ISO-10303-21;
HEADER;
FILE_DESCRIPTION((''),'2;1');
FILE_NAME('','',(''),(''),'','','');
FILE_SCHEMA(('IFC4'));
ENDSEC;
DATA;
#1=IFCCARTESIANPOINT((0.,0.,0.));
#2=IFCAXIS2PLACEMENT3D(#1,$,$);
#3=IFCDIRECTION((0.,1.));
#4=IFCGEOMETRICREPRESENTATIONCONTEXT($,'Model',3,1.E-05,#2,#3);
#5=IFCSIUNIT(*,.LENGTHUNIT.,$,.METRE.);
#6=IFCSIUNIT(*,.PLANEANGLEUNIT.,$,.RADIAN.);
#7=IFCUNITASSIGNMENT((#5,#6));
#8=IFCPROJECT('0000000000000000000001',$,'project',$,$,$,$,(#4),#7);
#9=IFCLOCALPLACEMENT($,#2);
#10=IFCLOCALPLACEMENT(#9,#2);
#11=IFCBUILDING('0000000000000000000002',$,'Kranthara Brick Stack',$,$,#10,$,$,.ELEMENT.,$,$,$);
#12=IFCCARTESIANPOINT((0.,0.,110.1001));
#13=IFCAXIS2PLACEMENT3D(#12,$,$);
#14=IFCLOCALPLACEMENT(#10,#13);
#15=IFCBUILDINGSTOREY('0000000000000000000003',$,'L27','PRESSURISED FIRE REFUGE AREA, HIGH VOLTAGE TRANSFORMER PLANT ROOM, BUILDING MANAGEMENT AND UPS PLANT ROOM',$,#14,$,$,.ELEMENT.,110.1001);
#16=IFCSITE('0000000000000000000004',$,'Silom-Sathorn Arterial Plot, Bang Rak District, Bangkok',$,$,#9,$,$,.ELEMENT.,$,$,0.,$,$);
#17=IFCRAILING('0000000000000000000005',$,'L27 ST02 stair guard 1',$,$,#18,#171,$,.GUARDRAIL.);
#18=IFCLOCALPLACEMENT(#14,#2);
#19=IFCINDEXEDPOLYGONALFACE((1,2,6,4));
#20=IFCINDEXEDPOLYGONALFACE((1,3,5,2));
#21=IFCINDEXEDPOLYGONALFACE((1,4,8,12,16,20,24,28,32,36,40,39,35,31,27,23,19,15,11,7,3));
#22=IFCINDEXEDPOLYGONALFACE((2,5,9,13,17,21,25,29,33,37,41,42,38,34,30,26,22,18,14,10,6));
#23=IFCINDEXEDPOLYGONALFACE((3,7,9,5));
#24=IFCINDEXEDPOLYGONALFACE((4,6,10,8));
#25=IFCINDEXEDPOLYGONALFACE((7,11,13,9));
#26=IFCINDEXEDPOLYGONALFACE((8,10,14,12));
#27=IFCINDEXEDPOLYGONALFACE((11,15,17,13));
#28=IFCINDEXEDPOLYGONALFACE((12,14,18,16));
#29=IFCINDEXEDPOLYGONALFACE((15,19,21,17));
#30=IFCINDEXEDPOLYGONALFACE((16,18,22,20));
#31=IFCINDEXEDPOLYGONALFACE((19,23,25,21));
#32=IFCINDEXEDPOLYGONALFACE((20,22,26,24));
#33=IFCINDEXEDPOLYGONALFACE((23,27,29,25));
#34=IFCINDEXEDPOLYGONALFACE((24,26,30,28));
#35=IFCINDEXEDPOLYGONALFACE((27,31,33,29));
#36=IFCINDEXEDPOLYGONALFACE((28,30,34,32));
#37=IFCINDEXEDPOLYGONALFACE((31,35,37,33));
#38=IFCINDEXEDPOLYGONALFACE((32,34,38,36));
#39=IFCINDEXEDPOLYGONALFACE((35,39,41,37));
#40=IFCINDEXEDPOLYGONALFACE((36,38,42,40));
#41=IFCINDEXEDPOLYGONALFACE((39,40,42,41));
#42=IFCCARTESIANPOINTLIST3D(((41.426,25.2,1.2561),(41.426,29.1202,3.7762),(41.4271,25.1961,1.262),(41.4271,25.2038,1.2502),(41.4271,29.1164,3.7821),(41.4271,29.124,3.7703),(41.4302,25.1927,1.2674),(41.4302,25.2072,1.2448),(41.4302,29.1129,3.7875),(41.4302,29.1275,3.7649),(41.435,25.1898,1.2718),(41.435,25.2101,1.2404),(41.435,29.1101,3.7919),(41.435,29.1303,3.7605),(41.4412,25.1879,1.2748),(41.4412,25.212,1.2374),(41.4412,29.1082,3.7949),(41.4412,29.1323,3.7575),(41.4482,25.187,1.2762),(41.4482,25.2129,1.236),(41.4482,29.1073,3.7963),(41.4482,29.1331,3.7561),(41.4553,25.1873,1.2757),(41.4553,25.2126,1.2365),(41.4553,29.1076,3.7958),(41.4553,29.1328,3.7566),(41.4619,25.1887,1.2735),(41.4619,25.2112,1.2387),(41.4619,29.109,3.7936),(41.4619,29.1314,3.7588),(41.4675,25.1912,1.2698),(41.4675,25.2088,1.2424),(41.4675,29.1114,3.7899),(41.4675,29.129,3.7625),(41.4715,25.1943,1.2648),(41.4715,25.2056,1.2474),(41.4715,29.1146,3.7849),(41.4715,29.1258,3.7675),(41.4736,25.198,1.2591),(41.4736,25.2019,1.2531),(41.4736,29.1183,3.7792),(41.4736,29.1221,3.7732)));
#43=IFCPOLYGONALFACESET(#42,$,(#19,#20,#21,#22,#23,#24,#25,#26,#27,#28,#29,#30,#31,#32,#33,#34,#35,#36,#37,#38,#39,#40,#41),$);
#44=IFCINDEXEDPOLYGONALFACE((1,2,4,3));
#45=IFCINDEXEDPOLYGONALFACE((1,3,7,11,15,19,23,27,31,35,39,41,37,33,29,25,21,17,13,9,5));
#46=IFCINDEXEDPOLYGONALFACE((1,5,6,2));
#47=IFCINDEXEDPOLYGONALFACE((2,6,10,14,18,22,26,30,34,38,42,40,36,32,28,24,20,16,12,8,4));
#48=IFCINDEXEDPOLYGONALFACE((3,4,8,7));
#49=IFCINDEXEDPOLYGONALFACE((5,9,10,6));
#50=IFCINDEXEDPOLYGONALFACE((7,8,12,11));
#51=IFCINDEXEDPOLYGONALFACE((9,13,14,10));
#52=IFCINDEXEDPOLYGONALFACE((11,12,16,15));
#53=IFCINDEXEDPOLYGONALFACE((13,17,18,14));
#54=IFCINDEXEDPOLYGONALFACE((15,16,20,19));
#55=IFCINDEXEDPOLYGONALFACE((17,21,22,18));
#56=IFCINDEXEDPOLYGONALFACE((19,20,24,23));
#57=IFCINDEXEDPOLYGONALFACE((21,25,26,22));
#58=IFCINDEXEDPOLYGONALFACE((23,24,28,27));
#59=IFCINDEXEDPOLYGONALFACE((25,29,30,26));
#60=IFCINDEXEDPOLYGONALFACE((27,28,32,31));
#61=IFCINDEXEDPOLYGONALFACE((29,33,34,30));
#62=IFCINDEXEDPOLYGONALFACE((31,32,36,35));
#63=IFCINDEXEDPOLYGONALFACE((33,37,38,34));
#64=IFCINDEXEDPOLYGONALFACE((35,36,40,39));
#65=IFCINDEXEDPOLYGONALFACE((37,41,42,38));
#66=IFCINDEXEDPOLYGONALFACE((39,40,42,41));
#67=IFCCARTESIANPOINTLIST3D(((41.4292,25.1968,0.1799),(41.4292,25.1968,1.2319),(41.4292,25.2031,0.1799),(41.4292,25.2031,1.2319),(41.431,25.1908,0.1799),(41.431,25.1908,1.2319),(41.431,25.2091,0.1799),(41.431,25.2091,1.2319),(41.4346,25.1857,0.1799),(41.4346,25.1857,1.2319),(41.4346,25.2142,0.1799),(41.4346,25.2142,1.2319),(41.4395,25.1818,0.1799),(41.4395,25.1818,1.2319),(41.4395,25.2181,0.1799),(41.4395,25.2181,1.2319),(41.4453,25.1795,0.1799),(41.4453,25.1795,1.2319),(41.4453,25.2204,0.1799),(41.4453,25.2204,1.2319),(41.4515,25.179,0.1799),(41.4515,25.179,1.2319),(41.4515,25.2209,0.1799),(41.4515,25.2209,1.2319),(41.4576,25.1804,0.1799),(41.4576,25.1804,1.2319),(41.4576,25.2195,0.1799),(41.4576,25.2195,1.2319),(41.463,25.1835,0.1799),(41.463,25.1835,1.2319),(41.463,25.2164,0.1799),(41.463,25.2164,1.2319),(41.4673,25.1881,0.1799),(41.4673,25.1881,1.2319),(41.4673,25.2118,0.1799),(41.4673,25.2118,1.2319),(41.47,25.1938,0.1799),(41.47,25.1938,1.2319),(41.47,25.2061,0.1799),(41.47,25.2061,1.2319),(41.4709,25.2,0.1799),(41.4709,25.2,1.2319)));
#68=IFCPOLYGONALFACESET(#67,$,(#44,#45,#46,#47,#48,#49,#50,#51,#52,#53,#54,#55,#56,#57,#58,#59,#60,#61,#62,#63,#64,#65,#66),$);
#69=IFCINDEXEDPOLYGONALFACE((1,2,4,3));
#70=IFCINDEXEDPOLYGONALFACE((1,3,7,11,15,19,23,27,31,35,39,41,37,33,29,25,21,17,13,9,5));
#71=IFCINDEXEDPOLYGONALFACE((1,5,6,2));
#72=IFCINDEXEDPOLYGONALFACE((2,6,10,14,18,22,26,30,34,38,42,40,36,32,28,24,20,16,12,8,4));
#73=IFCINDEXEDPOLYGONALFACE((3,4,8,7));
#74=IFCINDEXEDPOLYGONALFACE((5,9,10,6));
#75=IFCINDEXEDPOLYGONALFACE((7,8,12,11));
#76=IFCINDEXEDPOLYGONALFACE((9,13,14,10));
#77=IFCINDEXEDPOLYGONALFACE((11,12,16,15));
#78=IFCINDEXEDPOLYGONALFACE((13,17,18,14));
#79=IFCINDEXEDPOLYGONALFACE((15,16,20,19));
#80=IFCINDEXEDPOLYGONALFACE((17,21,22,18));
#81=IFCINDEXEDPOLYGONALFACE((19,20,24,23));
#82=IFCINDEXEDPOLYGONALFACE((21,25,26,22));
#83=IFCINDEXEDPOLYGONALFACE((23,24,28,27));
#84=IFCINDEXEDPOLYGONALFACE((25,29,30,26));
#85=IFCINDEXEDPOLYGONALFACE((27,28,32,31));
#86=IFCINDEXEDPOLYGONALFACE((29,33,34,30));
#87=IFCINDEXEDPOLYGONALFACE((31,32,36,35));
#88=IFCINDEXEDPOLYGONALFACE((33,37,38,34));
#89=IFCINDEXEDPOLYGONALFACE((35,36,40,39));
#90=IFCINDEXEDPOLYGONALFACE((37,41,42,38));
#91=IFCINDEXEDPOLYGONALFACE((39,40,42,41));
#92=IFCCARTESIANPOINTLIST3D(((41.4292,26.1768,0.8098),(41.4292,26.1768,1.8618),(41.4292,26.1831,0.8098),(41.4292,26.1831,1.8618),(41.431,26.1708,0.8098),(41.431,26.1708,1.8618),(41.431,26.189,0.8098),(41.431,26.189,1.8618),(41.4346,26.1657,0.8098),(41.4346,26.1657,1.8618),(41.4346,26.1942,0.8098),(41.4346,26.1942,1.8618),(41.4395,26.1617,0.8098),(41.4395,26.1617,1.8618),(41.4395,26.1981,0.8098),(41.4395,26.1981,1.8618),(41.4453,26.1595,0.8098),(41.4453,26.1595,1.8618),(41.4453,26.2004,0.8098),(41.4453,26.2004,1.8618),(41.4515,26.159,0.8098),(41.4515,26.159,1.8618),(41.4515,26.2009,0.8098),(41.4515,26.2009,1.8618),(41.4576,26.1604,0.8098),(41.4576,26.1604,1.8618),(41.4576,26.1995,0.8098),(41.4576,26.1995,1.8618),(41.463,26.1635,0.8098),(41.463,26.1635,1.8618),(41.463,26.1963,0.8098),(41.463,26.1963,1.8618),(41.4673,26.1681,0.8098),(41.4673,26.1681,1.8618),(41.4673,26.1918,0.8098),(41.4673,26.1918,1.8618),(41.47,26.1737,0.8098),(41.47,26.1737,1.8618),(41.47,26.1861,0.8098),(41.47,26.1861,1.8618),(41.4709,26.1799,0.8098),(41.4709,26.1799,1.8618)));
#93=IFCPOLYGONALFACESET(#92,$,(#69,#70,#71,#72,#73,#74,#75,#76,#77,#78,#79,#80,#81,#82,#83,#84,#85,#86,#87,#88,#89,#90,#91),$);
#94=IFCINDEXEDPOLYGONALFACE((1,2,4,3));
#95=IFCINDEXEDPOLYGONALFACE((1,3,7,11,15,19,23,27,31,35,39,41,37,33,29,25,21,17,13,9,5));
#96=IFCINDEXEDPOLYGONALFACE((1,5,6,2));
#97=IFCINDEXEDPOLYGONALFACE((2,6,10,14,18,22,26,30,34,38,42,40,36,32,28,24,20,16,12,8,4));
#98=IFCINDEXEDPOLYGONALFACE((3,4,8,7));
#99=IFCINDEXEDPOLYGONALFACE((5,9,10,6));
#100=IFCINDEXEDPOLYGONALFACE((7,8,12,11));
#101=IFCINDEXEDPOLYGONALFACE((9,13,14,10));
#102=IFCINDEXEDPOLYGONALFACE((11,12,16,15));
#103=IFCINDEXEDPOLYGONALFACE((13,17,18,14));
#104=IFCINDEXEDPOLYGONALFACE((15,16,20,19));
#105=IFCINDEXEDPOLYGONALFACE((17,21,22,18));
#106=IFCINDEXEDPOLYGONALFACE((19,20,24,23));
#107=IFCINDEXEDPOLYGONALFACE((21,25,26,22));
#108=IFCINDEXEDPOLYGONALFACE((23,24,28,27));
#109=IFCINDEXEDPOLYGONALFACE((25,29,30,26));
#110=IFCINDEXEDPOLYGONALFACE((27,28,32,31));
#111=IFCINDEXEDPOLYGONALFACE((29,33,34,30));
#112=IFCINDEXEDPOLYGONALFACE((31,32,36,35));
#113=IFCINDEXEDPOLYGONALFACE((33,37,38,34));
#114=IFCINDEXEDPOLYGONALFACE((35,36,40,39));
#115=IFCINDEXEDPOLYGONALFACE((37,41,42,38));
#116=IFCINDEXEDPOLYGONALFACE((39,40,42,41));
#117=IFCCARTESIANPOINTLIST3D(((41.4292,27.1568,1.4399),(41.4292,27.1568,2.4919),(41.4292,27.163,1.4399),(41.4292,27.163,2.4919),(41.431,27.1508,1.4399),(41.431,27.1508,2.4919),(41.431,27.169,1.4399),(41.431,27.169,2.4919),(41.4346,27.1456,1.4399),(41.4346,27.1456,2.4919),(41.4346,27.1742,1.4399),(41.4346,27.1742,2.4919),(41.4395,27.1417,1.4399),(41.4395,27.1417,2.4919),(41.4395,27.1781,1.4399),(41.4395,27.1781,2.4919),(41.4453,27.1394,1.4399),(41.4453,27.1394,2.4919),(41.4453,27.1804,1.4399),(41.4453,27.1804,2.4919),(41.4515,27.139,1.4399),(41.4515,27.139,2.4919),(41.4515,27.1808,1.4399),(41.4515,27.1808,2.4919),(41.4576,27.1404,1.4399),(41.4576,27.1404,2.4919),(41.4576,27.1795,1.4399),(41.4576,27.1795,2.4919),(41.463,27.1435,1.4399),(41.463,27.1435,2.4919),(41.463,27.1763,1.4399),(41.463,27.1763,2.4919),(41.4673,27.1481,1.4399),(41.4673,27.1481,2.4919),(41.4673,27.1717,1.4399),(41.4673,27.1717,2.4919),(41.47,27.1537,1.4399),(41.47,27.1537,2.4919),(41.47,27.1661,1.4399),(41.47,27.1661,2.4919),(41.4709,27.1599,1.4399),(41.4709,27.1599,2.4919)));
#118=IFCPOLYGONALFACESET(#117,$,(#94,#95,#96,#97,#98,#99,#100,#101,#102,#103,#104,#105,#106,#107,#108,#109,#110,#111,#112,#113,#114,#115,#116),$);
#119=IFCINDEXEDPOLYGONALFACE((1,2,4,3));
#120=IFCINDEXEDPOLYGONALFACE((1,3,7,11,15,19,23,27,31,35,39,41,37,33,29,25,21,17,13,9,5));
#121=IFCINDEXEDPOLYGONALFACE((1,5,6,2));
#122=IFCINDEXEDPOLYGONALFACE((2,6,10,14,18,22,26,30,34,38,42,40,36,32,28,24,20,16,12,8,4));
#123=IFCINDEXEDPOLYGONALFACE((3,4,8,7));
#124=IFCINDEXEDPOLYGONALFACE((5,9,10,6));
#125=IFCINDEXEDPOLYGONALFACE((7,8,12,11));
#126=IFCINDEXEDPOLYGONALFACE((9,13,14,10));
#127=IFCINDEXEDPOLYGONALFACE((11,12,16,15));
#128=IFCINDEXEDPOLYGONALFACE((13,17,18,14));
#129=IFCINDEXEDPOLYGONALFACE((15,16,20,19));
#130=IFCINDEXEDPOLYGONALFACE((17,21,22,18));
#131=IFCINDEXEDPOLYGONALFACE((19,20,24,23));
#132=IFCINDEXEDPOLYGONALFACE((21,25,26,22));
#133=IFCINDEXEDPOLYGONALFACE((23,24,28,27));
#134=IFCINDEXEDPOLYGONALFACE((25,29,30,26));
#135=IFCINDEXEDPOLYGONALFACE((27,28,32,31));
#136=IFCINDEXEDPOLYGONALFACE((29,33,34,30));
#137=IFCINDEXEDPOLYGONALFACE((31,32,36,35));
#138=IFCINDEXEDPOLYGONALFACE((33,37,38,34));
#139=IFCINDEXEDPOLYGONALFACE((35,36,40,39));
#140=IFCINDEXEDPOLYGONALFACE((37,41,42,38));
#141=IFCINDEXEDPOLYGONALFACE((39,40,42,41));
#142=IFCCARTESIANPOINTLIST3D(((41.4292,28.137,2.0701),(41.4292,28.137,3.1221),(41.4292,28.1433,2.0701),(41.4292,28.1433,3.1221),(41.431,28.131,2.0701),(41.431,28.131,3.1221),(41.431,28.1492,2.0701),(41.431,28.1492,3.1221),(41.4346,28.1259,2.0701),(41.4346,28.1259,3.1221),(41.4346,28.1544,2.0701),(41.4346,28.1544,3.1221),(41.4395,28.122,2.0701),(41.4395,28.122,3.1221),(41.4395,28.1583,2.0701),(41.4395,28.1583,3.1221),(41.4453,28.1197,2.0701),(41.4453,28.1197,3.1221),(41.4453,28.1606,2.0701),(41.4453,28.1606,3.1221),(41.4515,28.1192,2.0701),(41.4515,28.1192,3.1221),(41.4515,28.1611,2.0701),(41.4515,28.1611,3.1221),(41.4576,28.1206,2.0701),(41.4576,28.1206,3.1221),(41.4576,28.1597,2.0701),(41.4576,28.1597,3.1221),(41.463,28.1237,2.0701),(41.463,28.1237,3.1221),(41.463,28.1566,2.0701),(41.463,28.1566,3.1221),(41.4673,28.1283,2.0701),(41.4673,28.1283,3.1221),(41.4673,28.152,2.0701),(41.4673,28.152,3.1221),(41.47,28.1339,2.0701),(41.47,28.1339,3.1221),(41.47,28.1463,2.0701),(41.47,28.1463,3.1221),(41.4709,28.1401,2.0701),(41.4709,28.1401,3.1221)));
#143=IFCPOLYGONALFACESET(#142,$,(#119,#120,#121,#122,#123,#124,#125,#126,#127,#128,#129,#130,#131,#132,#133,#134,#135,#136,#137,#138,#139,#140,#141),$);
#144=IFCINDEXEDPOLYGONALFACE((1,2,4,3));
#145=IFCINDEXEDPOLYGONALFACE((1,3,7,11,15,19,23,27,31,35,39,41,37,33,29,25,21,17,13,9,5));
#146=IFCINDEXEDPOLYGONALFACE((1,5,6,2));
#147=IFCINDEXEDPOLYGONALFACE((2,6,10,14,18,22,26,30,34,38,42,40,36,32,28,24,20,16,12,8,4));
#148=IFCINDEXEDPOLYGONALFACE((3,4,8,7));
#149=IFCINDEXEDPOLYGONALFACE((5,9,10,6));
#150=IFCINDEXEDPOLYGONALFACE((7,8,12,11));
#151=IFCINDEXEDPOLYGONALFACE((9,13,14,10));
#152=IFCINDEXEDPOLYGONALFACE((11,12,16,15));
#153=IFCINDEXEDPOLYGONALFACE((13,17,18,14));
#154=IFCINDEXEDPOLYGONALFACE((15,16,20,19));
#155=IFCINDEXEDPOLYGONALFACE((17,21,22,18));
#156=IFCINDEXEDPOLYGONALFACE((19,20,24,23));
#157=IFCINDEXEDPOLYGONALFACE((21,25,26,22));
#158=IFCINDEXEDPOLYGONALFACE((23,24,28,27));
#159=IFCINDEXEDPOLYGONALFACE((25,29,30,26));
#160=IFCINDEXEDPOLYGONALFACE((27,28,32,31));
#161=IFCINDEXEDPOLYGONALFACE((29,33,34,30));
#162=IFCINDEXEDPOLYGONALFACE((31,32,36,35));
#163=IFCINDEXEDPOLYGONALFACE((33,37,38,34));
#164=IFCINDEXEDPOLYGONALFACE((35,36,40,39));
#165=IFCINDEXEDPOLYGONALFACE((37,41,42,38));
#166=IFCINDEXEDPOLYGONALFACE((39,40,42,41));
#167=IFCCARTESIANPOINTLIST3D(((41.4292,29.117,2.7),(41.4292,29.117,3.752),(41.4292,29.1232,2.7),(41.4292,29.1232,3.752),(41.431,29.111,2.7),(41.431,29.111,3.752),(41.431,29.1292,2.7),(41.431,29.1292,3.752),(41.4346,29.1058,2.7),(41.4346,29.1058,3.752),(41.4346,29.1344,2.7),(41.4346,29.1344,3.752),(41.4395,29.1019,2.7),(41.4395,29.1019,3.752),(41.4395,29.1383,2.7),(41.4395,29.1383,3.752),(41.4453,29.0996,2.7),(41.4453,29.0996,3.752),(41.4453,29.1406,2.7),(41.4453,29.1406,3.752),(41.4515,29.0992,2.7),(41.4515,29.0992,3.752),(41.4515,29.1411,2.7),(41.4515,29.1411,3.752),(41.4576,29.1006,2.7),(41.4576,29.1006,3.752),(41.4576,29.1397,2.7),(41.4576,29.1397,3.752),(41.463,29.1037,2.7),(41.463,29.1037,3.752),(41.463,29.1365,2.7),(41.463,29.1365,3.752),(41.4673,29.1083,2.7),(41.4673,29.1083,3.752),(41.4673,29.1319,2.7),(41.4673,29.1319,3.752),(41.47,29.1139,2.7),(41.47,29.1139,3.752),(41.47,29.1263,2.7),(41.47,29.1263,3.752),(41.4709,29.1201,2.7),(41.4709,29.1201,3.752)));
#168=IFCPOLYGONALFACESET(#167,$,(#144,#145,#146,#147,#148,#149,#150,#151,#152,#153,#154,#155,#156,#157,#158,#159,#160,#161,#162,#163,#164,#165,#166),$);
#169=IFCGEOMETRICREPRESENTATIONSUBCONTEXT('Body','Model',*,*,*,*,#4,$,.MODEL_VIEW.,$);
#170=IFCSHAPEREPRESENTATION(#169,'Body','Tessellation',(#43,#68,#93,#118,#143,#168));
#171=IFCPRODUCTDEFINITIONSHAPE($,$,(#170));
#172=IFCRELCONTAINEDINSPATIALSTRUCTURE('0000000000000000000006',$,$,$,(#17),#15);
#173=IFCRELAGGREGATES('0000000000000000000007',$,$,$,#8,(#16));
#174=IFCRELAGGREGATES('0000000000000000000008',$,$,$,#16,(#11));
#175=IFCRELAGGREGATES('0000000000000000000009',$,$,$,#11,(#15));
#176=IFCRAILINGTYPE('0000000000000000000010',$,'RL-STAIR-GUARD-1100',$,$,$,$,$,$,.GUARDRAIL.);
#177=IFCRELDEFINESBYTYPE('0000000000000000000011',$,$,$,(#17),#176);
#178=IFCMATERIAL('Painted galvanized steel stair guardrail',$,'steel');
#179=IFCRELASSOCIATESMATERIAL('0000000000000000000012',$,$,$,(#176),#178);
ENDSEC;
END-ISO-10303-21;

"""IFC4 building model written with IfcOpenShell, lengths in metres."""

from ifc_helpers import new_model, si_unit, direction, frame, origin, origin_2d, place, context, subcontext, project, spatial, circle, extrude, material, type_object, element, save


model = new_model("IFC4")

# Units and contexts
model_context = context("Model", 3, precision=1e-05, world=origin(), true_north=direction((0.0, 1.0)))
body_context = subcontext(model_context, "Body", "Model", "MODEL_VIEW")
ifc_project = project(units=[si_unit("LENGTHUNIT", "METRE"), si_unit("PLANEANGLEUNIT", "RADIAN")], contexts=[model_context])

# Site, building, storey
site_placement = place(None, origin())
site = spatial("IfcSite", under=ifc_project, at=site_placement, Name="Silom-Sathorn Arterial Plot, Bang Rak District, Bangkok", CompositionType="ELEMENT", RefElevation=0.0)
building_placement = place(site_placement, origin())
building = spatial("IfcBuilding", under=site, at=building_placement, Name="Kranthara Brick Stack", CompositionType="ELEMENT")
storey_placement = place(building_placement, frame((0.0, 0.0, 110.1001)))
storey = spatial("IfcBuildingStorey", under=building, at=storey_placement, Name="L27", Description="PRESSURISED FIRE REFUGE AREA, HIGH VOLTAGE TRANSFORMER PLANT ROOM, BUILDING MANAGEMENT AND UPS PLANT ROOM", CompositionType="ELEMENT", Elevation=110.1001)

# Railing
ifc_material_1 = material(Name="Painted galvanized steel stair guardrail", Category="steel")
railing_type_1 = type_object("IfcRailingType", Name="RL-STAIR-GUARD-1100", PredefinedType="GUARDRAIL", material=ifc_material_1)
railing_1_placement = place(storey_placement, frame((41.45, 25.2, 0.1799)))
element("IfcRailing", 1, at=railing_1_placement, inside=storey, type_object=railing_type_1, Name="L27 ST02 stair guard 1", PredefinedType="GUARDRAIL", context=body_context, shape_type="SweptSolid", body=[
    extrude(circle(Radius=0.0239, at=origin_2d()), frame((0.0, 0.0, 1.0762), z_axis=(0.0, 0.841187, 0.540744), x_axis=(-1.0, 0.0, 0.0)), (0.0, 0.0, 1.0), 4.6604),
    extrude(circle(Radius=0.021, at=origin_2d()), origin(), (0.0, 0.0, 1.0), 1.052),
    extrude(circle(Radius=0.021, at=origin_2d()), frame((0.0, 0.98, 0.6299)), (0.0, 0.0, 1.0), 1.052),
    extrude(circle(Radius=0.021, at=origin_2d()), frame((0.0, 1.96, 1.26)), (0.0, 0.0, 1.0), 1.052),
    extrude(circle(Radius=0.021, at=origin_2d()), frame((0.0, 2.9402, 1.8901)), (0.0, 0.0, 1.0), 1.052),
    extrude(circle(Radius=0.021, at=origin_2d()), frame((0.0, 3.9202, 2.52)), (0.0, 0.0, 1.0), 1.052),
])

save(model, "model.ifc")
